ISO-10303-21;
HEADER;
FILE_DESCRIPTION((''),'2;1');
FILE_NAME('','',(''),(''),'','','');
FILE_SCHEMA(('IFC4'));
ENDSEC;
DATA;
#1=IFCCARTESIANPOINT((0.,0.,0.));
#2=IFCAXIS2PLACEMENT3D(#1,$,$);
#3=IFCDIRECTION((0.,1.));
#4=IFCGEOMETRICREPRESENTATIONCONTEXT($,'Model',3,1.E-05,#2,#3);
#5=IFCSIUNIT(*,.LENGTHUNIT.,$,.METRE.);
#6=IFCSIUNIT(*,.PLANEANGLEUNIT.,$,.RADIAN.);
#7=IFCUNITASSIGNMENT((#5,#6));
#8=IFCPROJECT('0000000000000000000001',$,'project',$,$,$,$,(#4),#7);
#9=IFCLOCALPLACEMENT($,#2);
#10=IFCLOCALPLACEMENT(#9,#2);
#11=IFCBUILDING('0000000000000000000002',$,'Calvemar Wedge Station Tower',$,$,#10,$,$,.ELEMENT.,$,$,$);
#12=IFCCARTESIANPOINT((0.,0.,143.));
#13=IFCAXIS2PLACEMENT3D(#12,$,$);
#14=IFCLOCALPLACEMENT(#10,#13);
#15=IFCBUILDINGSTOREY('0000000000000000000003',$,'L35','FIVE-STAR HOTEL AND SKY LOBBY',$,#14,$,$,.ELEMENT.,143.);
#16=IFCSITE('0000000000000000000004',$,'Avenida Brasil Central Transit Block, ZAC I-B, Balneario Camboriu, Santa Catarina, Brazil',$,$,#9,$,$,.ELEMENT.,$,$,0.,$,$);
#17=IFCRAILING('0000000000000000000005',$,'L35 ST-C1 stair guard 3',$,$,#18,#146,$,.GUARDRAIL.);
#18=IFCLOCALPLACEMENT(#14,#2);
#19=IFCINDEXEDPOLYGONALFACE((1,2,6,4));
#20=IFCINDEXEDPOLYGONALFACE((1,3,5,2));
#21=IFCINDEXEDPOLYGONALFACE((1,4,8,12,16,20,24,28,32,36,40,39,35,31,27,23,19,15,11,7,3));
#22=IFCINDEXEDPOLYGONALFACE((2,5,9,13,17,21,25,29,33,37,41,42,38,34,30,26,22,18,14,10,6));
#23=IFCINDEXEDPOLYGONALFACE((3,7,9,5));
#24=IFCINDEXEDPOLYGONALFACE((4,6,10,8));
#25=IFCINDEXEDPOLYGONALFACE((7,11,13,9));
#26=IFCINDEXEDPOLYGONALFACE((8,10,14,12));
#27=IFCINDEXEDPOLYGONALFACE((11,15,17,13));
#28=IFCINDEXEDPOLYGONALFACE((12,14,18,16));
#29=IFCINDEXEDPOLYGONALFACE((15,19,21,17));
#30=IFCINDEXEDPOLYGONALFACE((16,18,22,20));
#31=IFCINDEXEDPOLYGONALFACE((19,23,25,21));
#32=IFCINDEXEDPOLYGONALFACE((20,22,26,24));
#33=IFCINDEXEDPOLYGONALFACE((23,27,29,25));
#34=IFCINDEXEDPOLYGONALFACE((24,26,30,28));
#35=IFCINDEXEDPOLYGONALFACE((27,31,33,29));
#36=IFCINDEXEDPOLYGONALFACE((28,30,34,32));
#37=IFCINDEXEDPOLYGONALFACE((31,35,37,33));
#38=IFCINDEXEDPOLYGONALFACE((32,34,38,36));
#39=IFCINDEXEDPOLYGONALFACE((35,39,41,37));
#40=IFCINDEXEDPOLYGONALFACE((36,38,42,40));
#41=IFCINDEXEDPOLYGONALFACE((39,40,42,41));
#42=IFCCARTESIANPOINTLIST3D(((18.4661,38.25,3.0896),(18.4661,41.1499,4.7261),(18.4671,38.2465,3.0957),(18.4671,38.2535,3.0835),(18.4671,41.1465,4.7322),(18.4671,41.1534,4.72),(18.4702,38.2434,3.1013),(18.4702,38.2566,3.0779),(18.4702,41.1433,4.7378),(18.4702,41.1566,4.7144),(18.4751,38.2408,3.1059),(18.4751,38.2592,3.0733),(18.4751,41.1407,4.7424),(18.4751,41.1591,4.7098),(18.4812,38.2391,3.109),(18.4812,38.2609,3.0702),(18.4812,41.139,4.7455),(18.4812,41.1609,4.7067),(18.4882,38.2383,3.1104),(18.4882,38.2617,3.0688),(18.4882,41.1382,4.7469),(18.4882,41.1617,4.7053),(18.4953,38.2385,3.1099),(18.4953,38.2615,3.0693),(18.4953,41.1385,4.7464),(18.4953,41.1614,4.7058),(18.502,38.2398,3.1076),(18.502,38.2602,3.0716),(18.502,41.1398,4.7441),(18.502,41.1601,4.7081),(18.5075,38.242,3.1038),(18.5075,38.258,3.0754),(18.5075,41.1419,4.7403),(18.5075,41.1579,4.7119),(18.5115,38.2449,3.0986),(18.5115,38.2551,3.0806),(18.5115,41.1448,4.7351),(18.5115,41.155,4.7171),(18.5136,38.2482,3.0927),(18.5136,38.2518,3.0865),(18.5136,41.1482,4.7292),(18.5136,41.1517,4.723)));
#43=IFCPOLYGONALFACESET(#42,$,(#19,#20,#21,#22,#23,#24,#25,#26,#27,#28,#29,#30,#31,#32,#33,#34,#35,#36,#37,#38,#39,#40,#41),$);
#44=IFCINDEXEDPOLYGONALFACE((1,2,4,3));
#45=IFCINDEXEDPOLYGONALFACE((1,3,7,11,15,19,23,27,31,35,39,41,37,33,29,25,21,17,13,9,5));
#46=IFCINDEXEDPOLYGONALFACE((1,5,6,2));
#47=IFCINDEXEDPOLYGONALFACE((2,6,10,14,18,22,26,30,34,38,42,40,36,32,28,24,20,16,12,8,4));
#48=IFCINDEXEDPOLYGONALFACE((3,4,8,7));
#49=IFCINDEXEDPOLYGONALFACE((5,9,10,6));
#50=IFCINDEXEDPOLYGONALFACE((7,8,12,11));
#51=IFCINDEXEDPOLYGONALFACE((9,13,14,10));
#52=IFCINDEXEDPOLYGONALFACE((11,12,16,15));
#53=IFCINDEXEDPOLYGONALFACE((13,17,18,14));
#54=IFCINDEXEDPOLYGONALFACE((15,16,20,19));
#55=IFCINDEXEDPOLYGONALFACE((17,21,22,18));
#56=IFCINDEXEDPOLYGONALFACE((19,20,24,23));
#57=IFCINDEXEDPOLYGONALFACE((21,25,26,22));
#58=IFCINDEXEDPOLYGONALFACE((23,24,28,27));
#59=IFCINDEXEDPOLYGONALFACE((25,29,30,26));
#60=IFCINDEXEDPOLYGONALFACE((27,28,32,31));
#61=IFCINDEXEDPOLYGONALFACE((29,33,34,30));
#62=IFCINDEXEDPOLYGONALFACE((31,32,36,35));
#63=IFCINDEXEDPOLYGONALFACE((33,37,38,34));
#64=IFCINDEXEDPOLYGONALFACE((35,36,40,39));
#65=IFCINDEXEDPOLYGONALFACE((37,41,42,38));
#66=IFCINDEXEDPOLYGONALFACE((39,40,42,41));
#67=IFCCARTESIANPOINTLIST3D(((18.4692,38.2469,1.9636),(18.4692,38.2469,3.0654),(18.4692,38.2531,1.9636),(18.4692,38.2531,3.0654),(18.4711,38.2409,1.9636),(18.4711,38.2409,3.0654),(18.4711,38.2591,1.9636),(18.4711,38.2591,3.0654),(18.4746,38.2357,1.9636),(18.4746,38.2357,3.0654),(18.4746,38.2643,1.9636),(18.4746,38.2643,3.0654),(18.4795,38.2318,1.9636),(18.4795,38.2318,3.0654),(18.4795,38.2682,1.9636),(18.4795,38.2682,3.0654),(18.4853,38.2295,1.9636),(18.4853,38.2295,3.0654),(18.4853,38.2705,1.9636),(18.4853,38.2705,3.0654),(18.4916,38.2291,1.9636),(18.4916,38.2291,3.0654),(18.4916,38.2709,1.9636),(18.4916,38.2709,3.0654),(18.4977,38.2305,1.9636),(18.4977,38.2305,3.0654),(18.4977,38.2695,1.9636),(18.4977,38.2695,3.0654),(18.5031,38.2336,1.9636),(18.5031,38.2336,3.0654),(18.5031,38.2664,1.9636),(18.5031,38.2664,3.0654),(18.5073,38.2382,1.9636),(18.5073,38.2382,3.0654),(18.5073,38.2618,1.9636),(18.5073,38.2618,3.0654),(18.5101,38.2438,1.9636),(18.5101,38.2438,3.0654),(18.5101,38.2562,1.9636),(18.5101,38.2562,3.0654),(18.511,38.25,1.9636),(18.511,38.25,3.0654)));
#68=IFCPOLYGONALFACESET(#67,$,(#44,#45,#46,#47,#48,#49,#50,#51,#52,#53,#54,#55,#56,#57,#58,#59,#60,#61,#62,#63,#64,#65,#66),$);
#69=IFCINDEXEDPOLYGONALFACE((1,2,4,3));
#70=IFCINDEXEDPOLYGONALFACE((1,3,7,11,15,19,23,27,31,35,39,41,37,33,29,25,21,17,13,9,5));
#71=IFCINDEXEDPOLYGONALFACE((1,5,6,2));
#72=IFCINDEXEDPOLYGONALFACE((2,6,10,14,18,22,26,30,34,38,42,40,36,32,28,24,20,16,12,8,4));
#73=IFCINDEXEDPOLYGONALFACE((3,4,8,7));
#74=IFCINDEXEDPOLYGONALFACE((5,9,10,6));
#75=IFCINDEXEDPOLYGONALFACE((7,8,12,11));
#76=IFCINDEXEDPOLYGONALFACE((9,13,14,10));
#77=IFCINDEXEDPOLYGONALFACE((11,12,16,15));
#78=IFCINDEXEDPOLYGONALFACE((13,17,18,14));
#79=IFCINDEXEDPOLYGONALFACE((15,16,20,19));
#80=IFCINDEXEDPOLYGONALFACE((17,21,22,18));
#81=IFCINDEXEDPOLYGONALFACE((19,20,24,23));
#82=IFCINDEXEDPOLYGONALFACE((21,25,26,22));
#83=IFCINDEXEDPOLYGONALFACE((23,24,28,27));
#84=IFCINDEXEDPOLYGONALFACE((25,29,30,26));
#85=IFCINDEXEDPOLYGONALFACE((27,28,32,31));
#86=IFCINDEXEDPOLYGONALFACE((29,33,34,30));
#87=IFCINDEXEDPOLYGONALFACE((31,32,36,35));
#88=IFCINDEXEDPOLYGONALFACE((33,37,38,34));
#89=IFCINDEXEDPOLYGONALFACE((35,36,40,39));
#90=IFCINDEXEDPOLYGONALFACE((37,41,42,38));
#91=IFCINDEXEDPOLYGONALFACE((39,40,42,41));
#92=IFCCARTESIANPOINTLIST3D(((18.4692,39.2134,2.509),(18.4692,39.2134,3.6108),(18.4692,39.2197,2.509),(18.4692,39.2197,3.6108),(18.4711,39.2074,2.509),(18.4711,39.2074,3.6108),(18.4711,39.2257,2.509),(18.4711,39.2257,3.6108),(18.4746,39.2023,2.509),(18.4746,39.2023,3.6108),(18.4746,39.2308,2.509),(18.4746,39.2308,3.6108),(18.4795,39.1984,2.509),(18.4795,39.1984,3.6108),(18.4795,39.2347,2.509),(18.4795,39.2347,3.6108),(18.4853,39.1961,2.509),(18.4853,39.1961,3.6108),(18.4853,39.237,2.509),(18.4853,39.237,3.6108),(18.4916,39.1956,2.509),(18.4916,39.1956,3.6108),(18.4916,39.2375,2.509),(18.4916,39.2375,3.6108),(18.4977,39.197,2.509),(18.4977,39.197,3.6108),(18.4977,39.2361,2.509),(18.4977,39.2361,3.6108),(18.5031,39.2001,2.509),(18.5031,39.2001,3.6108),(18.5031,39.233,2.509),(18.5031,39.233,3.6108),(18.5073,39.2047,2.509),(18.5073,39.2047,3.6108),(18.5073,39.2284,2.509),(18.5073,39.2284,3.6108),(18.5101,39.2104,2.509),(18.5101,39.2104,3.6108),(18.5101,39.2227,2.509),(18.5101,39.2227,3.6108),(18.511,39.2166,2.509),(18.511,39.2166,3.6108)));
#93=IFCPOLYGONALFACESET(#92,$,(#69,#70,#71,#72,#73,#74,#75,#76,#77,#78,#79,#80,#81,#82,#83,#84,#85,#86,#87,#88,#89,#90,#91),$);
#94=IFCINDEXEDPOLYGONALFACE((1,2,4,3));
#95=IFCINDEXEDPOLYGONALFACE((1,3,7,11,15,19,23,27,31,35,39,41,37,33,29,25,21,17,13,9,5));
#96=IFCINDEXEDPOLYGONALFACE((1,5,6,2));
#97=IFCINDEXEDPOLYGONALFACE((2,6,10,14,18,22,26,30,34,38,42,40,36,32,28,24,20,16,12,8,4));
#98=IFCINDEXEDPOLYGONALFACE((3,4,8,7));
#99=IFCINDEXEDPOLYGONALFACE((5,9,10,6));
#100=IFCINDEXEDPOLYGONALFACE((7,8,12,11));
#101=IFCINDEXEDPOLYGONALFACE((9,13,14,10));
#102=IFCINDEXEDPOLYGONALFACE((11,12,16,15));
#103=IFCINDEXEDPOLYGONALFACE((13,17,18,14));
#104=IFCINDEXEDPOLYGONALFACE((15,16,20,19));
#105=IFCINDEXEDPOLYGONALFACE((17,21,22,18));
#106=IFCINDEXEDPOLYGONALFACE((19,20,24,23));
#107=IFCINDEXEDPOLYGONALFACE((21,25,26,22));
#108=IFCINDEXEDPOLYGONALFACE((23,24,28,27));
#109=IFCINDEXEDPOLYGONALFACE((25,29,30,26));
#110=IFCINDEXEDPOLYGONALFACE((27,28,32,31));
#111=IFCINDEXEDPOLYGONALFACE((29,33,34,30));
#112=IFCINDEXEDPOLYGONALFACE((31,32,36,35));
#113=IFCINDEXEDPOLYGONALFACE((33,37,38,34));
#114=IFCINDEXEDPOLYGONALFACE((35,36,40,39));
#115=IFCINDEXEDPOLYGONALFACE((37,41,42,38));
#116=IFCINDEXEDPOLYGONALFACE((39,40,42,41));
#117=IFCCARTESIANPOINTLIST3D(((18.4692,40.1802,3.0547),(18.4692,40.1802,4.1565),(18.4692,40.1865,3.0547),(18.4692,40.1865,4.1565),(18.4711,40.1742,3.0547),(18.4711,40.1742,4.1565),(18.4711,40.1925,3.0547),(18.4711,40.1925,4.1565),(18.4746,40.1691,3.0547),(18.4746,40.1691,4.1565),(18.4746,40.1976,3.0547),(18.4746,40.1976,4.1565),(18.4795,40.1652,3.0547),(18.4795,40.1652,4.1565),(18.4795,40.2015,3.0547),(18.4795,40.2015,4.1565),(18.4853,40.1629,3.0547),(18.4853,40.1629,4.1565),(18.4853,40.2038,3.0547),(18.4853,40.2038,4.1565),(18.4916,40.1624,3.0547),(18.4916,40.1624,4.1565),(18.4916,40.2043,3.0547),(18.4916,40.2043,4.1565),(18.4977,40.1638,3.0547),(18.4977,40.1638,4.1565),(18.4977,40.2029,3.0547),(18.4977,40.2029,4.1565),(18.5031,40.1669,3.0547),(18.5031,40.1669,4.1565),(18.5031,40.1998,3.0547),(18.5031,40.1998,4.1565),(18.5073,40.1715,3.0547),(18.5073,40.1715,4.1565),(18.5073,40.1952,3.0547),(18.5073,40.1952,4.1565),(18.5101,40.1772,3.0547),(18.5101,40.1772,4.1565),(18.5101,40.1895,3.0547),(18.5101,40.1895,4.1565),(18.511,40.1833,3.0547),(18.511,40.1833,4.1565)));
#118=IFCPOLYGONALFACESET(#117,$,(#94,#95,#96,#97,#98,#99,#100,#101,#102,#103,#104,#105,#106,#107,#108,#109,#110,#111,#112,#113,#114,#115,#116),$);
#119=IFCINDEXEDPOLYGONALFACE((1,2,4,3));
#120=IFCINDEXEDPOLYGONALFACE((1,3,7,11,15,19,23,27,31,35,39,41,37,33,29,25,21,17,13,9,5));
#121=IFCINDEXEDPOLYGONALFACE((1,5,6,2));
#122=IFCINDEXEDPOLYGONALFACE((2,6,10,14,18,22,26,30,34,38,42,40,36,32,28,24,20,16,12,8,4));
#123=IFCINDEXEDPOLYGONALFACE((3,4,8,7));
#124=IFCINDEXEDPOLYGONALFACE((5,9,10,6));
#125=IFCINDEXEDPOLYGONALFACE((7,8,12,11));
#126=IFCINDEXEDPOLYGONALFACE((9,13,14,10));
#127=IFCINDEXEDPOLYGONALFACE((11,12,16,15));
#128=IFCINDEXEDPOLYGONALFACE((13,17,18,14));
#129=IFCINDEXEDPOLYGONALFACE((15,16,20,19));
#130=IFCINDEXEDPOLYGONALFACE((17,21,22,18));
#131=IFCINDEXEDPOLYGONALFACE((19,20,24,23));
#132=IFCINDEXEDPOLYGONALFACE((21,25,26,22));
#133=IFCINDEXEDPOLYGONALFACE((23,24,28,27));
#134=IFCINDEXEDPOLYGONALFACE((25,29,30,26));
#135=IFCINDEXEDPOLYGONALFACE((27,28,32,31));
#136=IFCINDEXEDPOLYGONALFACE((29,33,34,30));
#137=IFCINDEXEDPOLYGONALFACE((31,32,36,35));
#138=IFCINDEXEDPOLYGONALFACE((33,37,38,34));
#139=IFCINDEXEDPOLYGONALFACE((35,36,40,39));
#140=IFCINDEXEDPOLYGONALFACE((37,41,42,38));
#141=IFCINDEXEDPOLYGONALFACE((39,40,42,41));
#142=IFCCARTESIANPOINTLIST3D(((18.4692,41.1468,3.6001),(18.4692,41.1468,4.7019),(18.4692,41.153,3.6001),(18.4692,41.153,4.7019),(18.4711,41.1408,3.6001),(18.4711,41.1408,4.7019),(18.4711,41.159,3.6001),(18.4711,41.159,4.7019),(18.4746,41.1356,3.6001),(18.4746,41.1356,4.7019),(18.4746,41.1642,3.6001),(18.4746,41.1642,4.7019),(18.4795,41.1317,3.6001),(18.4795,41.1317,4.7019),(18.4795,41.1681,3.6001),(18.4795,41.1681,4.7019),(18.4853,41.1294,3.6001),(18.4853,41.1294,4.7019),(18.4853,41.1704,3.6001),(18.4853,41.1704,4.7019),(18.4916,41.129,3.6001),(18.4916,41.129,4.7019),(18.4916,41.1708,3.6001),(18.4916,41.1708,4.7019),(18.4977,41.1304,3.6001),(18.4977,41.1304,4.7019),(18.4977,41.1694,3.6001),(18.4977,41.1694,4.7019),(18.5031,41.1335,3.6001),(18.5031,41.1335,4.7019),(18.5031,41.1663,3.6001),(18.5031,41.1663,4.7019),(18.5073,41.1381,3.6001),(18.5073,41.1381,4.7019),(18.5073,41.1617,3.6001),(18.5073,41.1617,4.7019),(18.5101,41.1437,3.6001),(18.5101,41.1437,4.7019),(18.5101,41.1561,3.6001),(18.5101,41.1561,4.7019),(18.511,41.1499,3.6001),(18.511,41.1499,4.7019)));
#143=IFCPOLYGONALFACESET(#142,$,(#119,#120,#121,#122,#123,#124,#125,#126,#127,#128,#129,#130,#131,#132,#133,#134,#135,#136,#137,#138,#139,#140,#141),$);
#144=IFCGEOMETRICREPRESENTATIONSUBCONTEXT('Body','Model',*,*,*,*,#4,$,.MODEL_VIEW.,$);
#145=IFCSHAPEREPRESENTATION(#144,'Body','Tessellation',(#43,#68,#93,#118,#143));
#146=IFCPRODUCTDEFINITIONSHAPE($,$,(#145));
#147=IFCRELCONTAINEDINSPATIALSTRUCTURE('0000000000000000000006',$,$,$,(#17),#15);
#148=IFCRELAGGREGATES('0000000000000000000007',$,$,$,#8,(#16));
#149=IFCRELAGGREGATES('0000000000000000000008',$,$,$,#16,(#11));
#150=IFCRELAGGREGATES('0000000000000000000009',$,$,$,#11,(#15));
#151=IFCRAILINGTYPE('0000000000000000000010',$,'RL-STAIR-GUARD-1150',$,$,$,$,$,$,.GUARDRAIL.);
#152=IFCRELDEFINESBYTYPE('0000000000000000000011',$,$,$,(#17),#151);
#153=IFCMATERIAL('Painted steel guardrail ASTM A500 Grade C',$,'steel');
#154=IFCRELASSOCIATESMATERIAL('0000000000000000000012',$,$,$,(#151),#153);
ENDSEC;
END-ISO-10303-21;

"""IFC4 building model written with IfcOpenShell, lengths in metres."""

from ifc_helpers import new_model, si_unit, direction, frame, origin, origin_2d, place, context, subcontext, project, spatial, circle, extrude, material, type_object, element, save


model = new_model("IFC4")

# Units and contexts
model_context = context("Model", 3, precision=1e-05, world=origin(), true_north=direction((0.0, 1.0)))
body_context = subcontext(model_context, "Body", "Model", "MODEL_VIEW")
ifc_project = project(units=[si_unit("LENGTHUNIT", "METRE"), si_unit("PLANEANGLEUNIT", "RADIAN")], contexts=[model_context])

# Site, building, storey
site_placement = place(None, origin())
site = spatial("IfcSite", under=ifc_project, at=site_placement, Name="Avenida Brasil Central Transit Block, ZAC I-B, Balneario Camboriu, Santa Catarina, Brazil", CompositionType="ELEMENT", RefElevation=0.0)
building_placement = place(site_placement, origin())
building = spatial("IfcBuilding", under=site, at=building_placement, Name="Calvemar Wedge Station Tower", CompositionType="ELEMENT")
storey_placement = place(building_placement, frame((0.0, 0.0, 143.0)))
storey = spatial("IfcBuildingStorey", under=building, at=storey_placement, Name="L35", Description="FIVE-STAR HOTEL AND SKY LOBBY", CompositionType="ELEMENT", Elevation=143.0)

# Railing
ifc_material_1 = material(Name="Painted steel guardrail ASTM A500 Grade C", Category="steel")
railing_type_1 = type_object("IfcRailingType", Name="RL-STAIR-GUARD-1150", PredefinedType="GUARDRAIL", material=ifc_material_1)
railing_1_placement = place(storey_placement, frame((18.49, 38.25, 1.9636)))
element("IfcRailing", 1, at=railing_1_placement, inside=storey, type_object=railing_type_1, Name="L35 ST-C1 stair guard 3", PredefinedType="GUARDRAIL", context=body_context, shape_type="SweptSolid", body=[
    extrude(circle(Radius=0.0239, at=origin_2d()), frame((0.0, 0.0, 1.126), z_axis=(0.0, 0.870897, 0.491465), x_axis=(-1.0, 0.0, 0.0)), (0.0, 0.0, 1.0), 3.3298),
    extrude(circle(Radius=0.021, at=origin_2d()), origin(), (0.0, 0.0, 1.0), 1.1018),
    extrude(circle(Radius=0.021, at=origin_2d()), frame((0.0, 0.9666, 0.5454)), (0.0, 0.0, 1.0), 1.1018),
    extrude(circle(Radius=0.021, at=origin_2d()), frame((0.0, 1.9333, 1.0911)), (0.0, 0.0, 1.0), 1.1018),
    extrude(circle(Radius=0.021, at=origin_2d()), frame((0.0, 2.8999, 1.6365)), (0.0, 0.0, 1.0), 1.1018),
])

save(model, "model.ifc")
